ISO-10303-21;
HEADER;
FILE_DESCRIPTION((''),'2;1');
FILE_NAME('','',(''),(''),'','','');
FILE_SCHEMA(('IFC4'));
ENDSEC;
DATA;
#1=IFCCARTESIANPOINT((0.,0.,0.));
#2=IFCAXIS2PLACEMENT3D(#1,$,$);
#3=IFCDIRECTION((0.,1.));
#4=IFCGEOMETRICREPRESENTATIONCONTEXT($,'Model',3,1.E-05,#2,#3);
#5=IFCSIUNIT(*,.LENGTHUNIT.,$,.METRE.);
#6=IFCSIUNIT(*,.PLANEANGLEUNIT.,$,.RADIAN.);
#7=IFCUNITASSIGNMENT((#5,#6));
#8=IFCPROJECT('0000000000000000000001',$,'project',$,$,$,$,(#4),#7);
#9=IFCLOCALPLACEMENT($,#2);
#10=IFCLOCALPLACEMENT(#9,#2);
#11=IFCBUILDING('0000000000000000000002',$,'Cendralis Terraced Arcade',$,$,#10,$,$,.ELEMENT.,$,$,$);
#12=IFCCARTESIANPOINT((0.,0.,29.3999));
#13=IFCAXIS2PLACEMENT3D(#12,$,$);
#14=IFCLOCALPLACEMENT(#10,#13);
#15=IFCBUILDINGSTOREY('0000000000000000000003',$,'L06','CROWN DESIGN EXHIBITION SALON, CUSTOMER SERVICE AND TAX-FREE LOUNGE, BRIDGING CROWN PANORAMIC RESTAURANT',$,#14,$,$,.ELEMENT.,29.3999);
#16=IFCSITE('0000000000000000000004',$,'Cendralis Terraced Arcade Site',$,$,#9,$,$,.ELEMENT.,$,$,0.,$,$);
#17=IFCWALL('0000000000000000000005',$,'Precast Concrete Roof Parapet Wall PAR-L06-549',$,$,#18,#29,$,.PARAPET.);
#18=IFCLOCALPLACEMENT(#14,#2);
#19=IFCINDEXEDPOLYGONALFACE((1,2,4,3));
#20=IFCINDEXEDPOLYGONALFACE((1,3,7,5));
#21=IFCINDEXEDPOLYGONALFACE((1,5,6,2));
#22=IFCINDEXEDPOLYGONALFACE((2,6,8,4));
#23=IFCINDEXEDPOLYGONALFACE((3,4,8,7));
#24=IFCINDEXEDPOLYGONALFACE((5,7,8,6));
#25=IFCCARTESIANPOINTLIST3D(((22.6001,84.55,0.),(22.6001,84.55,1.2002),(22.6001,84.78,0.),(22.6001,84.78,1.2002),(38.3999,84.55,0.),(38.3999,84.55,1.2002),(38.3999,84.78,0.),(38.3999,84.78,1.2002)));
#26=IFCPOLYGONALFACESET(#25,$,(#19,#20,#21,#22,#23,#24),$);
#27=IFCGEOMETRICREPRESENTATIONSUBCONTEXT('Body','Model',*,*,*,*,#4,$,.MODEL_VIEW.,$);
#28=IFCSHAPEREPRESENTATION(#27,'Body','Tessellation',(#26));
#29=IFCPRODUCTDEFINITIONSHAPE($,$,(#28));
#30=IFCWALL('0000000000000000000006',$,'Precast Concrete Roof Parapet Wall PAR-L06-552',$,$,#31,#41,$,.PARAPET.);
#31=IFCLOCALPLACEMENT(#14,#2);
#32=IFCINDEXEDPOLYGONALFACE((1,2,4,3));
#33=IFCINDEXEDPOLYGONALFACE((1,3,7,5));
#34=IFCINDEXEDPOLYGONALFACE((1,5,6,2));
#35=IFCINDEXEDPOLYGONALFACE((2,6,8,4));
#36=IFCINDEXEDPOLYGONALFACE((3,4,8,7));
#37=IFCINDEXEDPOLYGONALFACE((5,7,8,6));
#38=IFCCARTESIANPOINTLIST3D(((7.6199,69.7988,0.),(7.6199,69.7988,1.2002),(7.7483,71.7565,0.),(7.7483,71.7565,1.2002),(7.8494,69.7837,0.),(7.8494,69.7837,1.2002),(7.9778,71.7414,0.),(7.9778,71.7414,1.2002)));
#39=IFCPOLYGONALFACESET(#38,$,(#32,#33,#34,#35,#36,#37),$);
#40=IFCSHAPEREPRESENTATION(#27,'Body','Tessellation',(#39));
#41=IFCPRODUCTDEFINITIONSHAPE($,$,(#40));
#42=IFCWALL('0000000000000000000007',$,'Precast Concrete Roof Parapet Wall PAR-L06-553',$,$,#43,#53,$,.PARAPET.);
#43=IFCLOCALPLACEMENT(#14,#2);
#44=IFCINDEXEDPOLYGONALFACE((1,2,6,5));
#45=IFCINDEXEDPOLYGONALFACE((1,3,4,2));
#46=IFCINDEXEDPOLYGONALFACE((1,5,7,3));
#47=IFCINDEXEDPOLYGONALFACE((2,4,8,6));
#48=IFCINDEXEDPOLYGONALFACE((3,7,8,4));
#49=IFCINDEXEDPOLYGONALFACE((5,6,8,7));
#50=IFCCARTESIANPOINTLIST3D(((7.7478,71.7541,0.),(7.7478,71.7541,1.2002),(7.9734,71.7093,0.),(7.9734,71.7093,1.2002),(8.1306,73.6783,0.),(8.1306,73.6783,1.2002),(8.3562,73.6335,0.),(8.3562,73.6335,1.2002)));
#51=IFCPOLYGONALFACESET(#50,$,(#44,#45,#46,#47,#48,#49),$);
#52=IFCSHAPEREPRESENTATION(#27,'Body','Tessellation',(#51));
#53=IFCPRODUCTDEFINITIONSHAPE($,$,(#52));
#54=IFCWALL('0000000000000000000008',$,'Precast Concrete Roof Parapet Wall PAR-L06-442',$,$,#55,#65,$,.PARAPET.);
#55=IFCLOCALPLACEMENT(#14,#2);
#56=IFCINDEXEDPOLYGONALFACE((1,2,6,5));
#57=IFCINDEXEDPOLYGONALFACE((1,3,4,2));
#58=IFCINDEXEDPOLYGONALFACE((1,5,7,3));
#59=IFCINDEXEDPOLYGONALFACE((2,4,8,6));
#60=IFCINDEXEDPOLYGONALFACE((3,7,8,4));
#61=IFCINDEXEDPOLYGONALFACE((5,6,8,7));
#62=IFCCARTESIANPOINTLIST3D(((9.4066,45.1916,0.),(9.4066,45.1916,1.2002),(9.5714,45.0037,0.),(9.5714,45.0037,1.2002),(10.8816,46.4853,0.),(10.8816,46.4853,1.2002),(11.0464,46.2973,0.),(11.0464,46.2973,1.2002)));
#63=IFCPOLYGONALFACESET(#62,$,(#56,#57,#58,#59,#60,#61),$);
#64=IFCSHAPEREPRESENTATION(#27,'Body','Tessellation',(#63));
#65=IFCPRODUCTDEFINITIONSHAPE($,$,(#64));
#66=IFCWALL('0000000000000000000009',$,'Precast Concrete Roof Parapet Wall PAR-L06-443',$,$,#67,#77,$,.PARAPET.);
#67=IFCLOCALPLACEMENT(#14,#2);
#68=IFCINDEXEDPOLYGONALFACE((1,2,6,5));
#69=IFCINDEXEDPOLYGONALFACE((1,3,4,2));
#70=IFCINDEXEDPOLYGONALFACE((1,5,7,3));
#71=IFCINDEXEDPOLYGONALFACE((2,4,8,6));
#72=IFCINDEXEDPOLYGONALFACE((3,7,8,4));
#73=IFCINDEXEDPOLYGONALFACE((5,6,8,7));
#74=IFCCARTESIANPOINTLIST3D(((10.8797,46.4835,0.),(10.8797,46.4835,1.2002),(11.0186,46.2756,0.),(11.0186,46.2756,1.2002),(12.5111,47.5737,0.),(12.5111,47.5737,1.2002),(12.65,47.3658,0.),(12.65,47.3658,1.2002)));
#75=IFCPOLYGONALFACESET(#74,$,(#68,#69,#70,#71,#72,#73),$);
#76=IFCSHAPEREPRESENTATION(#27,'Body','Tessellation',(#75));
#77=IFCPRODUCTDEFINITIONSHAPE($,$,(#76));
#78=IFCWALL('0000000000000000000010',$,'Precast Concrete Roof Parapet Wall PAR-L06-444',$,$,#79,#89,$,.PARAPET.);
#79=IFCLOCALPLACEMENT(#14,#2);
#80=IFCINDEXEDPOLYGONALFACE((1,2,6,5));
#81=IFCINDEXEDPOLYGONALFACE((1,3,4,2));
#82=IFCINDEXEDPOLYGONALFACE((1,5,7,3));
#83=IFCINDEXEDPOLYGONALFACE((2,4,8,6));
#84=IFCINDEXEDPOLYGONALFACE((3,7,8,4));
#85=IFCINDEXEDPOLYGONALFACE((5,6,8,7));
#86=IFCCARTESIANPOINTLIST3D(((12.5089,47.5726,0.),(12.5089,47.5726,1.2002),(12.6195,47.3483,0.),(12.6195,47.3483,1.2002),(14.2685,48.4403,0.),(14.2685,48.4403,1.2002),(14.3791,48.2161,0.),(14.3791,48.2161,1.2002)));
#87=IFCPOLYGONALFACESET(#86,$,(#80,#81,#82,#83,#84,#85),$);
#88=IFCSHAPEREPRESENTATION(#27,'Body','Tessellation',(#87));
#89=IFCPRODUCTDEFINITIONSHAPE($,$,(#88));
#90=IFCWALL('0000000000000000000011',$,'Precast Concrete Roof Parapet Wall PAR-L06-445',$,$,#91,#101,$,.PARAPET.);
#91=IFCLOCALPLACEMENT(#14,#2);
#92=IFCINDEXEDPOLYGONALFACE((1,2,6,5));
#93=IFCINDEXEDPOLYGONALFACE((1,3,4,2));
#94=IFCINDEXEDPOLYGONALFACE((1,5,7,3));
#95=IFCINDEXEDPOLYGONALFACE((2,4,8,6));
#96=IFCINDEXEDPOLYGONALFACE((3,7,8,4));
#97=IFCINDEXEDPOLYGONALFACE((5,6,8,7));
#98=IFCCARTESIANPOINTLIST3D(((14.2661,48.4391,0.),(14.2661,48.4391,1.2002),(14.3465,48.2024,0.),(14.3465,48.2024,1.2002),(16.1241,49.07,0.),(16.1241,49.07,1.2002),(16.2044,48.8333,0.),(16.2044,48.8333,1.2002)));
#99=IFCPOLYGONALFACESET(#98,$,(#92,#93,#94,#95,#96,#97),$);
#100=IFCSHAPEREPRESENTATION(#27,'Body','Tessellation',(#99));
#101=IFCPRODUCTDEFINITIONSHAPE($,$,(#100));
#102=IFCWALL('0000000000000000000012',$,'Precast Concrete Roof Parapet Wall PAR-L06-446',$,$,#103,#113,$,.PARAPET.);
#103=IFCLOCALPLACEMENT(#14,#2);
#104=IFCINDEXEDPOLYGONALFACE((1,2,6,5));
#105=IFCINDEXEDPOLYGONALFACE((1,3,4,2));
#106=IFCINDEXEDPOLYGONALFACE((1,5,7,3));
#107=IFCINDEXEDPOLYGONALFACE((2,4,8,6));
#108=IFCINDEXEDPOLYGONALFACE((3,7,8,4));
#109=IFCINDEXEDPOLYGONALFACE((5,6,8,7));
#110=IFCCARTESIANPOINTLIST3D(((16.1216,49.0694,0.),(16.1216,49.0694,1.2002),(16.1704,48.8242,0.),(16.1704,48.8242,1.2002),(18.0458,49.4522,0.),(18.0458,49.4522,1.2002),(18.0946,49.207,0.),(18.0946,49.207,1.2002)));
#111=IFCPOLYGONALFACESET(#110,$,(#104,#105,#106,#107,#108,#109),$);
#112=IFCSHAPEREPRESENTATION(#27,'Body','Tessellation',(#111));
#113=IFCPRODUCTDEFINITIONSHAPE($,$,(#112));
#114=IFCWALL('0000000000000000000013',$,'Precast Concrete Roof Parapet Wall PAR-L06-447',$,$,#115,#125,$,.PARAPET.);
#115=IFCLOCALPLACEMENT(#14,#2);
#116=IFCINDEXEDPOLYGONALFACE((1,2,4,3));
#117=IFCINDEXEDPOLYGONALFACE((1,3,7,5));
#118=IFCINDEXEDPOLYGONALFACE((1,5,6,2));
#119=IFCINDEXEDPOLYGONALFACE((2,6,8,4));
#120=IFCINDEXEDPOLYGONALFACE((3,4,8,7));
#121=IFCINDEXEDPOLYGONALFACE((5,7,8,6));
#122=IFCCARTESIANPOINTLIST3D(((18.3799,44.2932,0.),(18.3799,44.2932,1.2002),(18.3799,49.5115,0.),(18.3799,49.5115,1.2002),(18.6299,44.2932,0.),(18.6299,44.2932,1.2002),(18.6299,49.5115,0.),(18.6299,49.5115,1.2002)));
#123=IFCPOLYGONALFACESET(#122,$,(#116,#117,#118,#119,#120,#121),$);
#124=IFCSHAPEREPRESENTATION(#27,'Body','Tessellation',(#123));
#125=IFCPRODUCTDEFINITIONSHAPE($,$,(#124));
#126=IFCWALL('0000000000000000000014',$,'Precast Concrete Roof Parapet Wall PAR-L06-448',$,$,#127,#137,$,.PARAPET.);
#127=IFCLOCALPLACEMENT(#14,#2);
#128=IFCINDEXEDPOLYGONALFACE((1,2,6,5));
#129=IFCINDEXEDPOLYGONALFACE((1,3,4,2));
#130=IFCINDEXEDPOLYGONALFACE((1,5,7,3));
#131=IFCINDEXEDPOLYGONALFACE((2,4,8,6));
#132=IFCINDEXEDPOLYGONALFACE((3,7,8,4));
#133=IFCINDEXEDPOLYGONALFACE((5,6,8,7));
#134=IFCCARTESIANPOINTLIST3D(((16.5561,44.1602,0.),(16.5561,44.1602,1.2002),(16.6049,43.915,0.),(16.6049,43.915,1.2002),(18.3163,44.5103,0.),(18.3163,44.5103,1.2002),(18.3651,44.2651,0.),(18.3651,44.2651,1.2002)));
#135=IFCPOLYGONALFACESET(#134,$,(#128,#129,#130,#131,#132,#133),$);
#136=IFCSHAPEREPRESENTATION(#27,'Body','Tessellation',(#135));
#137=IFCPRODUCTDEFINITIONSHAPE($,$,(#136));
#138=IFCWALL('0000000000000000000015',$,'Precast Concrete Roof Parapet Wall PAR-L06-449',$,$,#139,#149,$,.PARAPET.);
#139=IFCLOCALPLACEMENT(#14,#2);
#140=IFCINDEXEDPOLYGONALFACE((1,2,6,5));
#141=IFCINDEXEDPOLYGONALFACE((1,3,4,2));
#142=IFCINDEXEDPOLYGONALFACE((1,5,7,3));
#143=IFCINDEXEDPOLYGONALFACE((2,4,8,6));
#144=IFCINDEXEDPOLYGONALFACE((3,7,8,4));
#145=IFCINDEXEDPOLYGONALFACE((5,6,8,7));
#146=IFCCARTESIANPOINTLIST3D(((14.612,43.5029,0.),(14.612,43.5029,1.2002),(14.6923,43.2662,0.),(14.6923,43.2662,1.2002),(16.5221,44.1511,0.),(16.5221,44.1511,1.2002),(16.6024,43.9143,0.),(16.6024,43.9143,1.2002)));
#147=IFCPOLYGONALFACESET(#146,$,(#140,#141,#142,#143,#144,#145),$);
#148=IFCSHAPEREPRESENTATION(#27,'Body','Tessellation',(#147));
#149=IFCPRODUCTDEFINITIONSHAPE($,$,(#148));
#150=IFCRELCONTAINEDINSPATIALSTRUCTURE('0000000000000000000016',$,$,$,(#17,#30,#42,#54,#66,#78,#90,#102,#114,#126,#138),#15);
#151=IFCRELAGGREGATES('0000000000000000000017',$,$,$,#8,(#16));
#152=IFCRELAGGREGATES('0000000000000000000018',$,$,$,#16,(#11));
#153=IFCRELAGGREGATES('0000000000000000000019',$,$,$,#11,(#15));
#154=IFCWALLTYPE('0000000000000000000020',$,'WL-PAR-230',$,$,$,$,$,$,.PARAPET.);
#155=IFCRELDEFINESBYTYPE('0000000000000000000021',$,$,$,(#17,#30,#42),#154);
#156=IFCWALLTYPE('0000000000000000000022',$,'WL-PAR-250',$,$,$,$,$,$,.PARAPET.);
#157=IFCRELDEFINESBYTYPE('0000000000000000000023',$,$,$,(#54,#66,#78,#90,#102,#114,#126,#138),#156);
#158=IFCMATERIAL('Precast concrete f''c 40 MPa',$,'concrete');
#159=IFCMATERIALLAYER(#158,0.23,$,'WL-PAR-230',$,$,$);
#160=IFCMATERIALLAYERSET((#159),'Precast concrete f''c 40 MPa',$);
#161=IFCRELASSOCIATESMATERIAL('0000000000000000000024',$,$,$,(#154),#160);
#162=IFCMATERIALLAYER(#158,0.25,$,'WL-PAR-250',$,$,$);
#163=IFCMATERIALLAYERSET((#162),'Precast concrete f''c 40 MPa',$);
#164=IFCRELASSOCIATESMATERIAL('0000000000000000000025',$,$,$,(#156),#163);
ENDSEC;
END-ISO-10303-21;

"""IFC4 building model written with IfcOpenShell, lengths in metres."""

from ifc_helpers import new_model, si_unit, direction, frame, frame_2d, origin, place, context, subcontext, project, spatial, rectangle, extrude, material, layer, layer_set, type_object, element, save


model = new_model("IFC4")

# Units and contexts
model_context = context("Model", 3, precision=1e-05, world=origin(), true_north=direction((0.0, 1.0)))
body_context = subcontext(model_context, "Body", "Model", "MODEL_VIEW")
ifc_project = project(units=[si_unit("LENGTHUNIT", "METRE"), si_unit("PLANEANGLEUNIT", "RADIAN")], contexts=[model_context])

# Site, building, storey
site_placement = place(None, origin())
site = spatial("IfcSite", under=ifc_project, at=site_placement, Name="Cendralis Terraced Arcade Site", CompositionType="ELEMENT", RefElevation=0.0)
building_placement = place(site_placement, origin())
building = spatial("IfcBuilding", under=site, at=building_placement, Name="Cendralis Terraced Arcade", CompositionType="ELEMENT")
storey_placement = place(building_placement, frame((0.0, 0.0, 29.3999)))
storey = spatial("IfcBuildingStorey", under=building, at=storey_placement, Name="L06", Description="CROWN DESIGN EXHIBITION SALON, CUSTOMER SERVICE AND TAX-FREE LOUNGE, BRIDGING CROWN PANORAMIC RESTAURANT", CompositionType="ELEMENT", Elevation=29.3999)

# Walls
ifc_material_1 = material(Name="Precast concrete f'c 40 MPa", Category="concrete")
ifc_layer_1 = layer(ifc_material_1, 0.23, Name="WL-PAR-230")
ifc_layer_set_1 = layer_set([ifc_layer_1], Name="Precast concrete f'c 40 MPa")
wall_type_1 = type_object("IfcWallType", Name="WL-PAR-230", PredefinedType="PARAPET", material=ifc_layer_set_1)
wall_1_placement = place(storey_placement, frame((22.6001, 84.665, 0.0), z_axis=(0.0, 0.0, 1.0), x_axis=(1.0, 0.0, 0.0)))
element("IfcWall", 1, at=wall_1_placement, inside=storey, type_object=wall_type_1, Name="Precast Concrete Roof Parapet Wall PAR-L06-549", PredefinedType="PARAPET", context=body_context, shape_type="SweptSolid", body=[
    extrude(rectangle(XDim=15.7998, YDim=0.23, at=frame_2d((7.8999, 0.0))), origin(), (0.0, 0.0, 1.0), 1.2002),
])
for number, where, z_axis, x_axis, name in (
    (2, (7.7346, 69.7913, 0.0), (0.0, 0.0, 1.0), (0.065454, 0.997856, 0.0), "Precast Concrete Roof Parapet Wall PAR-L06-552"),
    (3, (7.8606, 71.7317, 0.0), (0.0, 0.0, 1.0), (0.195111, 0.980781, 0.0), "Precast Concrete Roof Parapet Wall PAR-L06-553"),
):
    element("IfcWall", number, at=place(storey_placement, frame(where, z_axis=z_axis, x_axis=x_axis)), inside=storey, type_object=wall_type_1, Name=name, PredefinedType="PARAPET", context=body_context, shape_type="SweptSolid", body=[
        extrude(rectangle(XDim=1.9619, YDim=0.23, at=frame_2d((0.981, 0.0))), origin(), (0.0, 0.0, 1.0), 1.2002),
    ])
ifc_layer_2 = layer(ifc_material_1, 0.25, Name="WL-PAR-250")
ifc_layer_set_2 = layer_set([ifc_layer_2], Name="Precast concrete f'c 40 MPa")
wall_type_2 = type_object("IfcWallType", Name="WL-PAR-250", PredefinedType="PARAPET", material=ifc_layer_set_2)
wall_2_placement = place(storey_placement, frame((9.489, 45.0977, 0.0), z_axis=(0.0, 0.0, 1.0), x_axis=(0.751821, 0.659367, 0.0)))
element("IfcWall", 4, at=wall_2_placement, inside=storey, type_object=wall_type_2, Name="Precast Concrete Roof Parapet Wall PAR-L06-442", PredefinedType="PARAPET", context=body_context, shape_type="SweptSolid", body=[
    extrude(rectangle(XDim=1.9619, YDim=0.25, at=frame_2d((0.981, 0.0))), origin(), (0.0, 0.0, 1.0), 1.2002),
])
wall_3_placement = place(storey_placement, frame((10.9492, 46.3796, 0.0), z_axis=(0.0, 0.0, 1.0), x_axis=(0.831456, 0.55559, 0.0)))
element("IfcWall", 5, at=wall_3_placement, inside=storey, type_object=wall_type_2, Name="Precast Concrete Roof Parapet Wall PAR-L06-443", PredefinedType="PARAPET", context=body_context, shape_type="SweptSolid", body=[
    extrude(rectangle(XDim=1.9622, YDim=0.25, at=frame_2d((0.981, 0.0))), origin(), (0.0, 0.0, 1.0), 1.2002),
])
wall_4_placement = place(storey_placement, frame((12.5642, 47.4604, 0.0), z_axis=(0.0, 0.0, 1.0), x_axis=(0.896878, 0.442279, 0.0)))
element("IfcWall", 6, at=wall_4_placement, inside=storey, type_object=wall_type_2, Name="Precast Concrete Roof Parapet Wall PAR-L06-444", PredefinedType="PARAPET", context=body_context, shape_type="SweptSolid", body=[
    extrude(rectangle(XDim=1.9619, YDim=0.25, at=frame_2d((0.981, 0.0))), origin(), (0.0, 0.0, 1.0), 1.2002),
])
wall_5_placement = place(storey_placement, frame((14.3064, 48.3208, 0.0), z_axis=(0.0, 0.0, 1.0), x_axis=(0.946902, 0.321523, 0.0)))
element("IfcWall", 7, at=wall_5_placement, inside=storey, type_object=wall_type_2, Name="Precast Concrete Roof Parapet Wall PAR-L06-445", PredefinedType="PARAPET", context=body_context, shape_type="SweptSolid", body=[
    extrude(rectangle(XDim=1.9622, YDim=0.25, at=frame_2d((0.981, 0.0))), origin(), (0.0, 0.0, 1.0), 1.2002),
])
wall_6_placement = place(storey_placement, frame((16.146, 48.9468, 0.0), z_axis=(0.0, 0.0, 1.0), x_axis=(0.980781, 0.195111, 0.0)))
element("IfcWall", 8, at=wall_6_placement, inside=storey, type_object=wall_type_2, Name="Precast Concrete Roof Parapet Wall PAR-L06-446", PredefinedType="PARAPET", context=body_context, shape_type="SweptSolid", body=[
    extrude(rectangle(XDim=1.9619, YDim=0.25, at=frame_2d((0.981, 0.0))), origin(), (0.0, 0.0, 1.0), 1.2002),
])
wall_7_placement = place(storey_placement, frame((18.5049, 49.5115, 0.0), z_axis=(0.0, 0.0, 1.0), x_axis=(0.0, -1.0, 0.0)))
element("IfcWall", 9, at=wall_7_placement, inside=storey, type_object=wall_type_2, Name="Precast Concrete Roof Parapet Wall PAR-L06-447", PredefinedType="PARAPET", context=body_context, shape_type="SweptSolid", body=[
    extrude(rectangle(XDim=5.2183, YDim=0.25, at=frame_2d((2.6091, 0.0))), origin(), (0.0, 0.0, 1.0), 1.2002),
])
wall_8_placement = place(storey_placement, frame((18.3408, 44.3877, 0.0), z_axis=(0.0, 0.0, 1.0), x_axis=(-0.980789, -0.19507, 0.0)))
element("IfcWall", 10, at=wall_8_placement, inside=storey, type_object=wall_type_2, Name="Precast Concrete Roof Parapet Wall PAR-L06-448", PredefinedType="PARAPET", context=body_context, shape_type="SweptSolid", body=[
    extrude(rectangle(XDim=1.7947, YDim=0.25, at=frame_2d((0.8975, 0.0))), origin(), (0.0, 0.0, 1.0), 1.2002),
])
wall_9_placement = place(storey_placement, frame((16.5623, 44.0327, 0.0), z_axis=(0.0, 0.0, 1.0), x_axis=(-0.946963, -0.321343, 0.0)))
element("IfcWall", 11, at=wall_9_placement, inside=storey, type_object=wall_type_2, Name="Precast Concrete Roof Parapet Wall PAR-L06-449", PredefinedType="PARAPET", context=body_context, shape_type="SweptSolid", body=[
    extrude(rectangle(XDim=2.0171, YDim=0.25, at=frame_2d((1.0085, 0.0))), origin(), (0.0, 0.0, 1.0), 1.2002),
])

save(model, "model.ifc")
